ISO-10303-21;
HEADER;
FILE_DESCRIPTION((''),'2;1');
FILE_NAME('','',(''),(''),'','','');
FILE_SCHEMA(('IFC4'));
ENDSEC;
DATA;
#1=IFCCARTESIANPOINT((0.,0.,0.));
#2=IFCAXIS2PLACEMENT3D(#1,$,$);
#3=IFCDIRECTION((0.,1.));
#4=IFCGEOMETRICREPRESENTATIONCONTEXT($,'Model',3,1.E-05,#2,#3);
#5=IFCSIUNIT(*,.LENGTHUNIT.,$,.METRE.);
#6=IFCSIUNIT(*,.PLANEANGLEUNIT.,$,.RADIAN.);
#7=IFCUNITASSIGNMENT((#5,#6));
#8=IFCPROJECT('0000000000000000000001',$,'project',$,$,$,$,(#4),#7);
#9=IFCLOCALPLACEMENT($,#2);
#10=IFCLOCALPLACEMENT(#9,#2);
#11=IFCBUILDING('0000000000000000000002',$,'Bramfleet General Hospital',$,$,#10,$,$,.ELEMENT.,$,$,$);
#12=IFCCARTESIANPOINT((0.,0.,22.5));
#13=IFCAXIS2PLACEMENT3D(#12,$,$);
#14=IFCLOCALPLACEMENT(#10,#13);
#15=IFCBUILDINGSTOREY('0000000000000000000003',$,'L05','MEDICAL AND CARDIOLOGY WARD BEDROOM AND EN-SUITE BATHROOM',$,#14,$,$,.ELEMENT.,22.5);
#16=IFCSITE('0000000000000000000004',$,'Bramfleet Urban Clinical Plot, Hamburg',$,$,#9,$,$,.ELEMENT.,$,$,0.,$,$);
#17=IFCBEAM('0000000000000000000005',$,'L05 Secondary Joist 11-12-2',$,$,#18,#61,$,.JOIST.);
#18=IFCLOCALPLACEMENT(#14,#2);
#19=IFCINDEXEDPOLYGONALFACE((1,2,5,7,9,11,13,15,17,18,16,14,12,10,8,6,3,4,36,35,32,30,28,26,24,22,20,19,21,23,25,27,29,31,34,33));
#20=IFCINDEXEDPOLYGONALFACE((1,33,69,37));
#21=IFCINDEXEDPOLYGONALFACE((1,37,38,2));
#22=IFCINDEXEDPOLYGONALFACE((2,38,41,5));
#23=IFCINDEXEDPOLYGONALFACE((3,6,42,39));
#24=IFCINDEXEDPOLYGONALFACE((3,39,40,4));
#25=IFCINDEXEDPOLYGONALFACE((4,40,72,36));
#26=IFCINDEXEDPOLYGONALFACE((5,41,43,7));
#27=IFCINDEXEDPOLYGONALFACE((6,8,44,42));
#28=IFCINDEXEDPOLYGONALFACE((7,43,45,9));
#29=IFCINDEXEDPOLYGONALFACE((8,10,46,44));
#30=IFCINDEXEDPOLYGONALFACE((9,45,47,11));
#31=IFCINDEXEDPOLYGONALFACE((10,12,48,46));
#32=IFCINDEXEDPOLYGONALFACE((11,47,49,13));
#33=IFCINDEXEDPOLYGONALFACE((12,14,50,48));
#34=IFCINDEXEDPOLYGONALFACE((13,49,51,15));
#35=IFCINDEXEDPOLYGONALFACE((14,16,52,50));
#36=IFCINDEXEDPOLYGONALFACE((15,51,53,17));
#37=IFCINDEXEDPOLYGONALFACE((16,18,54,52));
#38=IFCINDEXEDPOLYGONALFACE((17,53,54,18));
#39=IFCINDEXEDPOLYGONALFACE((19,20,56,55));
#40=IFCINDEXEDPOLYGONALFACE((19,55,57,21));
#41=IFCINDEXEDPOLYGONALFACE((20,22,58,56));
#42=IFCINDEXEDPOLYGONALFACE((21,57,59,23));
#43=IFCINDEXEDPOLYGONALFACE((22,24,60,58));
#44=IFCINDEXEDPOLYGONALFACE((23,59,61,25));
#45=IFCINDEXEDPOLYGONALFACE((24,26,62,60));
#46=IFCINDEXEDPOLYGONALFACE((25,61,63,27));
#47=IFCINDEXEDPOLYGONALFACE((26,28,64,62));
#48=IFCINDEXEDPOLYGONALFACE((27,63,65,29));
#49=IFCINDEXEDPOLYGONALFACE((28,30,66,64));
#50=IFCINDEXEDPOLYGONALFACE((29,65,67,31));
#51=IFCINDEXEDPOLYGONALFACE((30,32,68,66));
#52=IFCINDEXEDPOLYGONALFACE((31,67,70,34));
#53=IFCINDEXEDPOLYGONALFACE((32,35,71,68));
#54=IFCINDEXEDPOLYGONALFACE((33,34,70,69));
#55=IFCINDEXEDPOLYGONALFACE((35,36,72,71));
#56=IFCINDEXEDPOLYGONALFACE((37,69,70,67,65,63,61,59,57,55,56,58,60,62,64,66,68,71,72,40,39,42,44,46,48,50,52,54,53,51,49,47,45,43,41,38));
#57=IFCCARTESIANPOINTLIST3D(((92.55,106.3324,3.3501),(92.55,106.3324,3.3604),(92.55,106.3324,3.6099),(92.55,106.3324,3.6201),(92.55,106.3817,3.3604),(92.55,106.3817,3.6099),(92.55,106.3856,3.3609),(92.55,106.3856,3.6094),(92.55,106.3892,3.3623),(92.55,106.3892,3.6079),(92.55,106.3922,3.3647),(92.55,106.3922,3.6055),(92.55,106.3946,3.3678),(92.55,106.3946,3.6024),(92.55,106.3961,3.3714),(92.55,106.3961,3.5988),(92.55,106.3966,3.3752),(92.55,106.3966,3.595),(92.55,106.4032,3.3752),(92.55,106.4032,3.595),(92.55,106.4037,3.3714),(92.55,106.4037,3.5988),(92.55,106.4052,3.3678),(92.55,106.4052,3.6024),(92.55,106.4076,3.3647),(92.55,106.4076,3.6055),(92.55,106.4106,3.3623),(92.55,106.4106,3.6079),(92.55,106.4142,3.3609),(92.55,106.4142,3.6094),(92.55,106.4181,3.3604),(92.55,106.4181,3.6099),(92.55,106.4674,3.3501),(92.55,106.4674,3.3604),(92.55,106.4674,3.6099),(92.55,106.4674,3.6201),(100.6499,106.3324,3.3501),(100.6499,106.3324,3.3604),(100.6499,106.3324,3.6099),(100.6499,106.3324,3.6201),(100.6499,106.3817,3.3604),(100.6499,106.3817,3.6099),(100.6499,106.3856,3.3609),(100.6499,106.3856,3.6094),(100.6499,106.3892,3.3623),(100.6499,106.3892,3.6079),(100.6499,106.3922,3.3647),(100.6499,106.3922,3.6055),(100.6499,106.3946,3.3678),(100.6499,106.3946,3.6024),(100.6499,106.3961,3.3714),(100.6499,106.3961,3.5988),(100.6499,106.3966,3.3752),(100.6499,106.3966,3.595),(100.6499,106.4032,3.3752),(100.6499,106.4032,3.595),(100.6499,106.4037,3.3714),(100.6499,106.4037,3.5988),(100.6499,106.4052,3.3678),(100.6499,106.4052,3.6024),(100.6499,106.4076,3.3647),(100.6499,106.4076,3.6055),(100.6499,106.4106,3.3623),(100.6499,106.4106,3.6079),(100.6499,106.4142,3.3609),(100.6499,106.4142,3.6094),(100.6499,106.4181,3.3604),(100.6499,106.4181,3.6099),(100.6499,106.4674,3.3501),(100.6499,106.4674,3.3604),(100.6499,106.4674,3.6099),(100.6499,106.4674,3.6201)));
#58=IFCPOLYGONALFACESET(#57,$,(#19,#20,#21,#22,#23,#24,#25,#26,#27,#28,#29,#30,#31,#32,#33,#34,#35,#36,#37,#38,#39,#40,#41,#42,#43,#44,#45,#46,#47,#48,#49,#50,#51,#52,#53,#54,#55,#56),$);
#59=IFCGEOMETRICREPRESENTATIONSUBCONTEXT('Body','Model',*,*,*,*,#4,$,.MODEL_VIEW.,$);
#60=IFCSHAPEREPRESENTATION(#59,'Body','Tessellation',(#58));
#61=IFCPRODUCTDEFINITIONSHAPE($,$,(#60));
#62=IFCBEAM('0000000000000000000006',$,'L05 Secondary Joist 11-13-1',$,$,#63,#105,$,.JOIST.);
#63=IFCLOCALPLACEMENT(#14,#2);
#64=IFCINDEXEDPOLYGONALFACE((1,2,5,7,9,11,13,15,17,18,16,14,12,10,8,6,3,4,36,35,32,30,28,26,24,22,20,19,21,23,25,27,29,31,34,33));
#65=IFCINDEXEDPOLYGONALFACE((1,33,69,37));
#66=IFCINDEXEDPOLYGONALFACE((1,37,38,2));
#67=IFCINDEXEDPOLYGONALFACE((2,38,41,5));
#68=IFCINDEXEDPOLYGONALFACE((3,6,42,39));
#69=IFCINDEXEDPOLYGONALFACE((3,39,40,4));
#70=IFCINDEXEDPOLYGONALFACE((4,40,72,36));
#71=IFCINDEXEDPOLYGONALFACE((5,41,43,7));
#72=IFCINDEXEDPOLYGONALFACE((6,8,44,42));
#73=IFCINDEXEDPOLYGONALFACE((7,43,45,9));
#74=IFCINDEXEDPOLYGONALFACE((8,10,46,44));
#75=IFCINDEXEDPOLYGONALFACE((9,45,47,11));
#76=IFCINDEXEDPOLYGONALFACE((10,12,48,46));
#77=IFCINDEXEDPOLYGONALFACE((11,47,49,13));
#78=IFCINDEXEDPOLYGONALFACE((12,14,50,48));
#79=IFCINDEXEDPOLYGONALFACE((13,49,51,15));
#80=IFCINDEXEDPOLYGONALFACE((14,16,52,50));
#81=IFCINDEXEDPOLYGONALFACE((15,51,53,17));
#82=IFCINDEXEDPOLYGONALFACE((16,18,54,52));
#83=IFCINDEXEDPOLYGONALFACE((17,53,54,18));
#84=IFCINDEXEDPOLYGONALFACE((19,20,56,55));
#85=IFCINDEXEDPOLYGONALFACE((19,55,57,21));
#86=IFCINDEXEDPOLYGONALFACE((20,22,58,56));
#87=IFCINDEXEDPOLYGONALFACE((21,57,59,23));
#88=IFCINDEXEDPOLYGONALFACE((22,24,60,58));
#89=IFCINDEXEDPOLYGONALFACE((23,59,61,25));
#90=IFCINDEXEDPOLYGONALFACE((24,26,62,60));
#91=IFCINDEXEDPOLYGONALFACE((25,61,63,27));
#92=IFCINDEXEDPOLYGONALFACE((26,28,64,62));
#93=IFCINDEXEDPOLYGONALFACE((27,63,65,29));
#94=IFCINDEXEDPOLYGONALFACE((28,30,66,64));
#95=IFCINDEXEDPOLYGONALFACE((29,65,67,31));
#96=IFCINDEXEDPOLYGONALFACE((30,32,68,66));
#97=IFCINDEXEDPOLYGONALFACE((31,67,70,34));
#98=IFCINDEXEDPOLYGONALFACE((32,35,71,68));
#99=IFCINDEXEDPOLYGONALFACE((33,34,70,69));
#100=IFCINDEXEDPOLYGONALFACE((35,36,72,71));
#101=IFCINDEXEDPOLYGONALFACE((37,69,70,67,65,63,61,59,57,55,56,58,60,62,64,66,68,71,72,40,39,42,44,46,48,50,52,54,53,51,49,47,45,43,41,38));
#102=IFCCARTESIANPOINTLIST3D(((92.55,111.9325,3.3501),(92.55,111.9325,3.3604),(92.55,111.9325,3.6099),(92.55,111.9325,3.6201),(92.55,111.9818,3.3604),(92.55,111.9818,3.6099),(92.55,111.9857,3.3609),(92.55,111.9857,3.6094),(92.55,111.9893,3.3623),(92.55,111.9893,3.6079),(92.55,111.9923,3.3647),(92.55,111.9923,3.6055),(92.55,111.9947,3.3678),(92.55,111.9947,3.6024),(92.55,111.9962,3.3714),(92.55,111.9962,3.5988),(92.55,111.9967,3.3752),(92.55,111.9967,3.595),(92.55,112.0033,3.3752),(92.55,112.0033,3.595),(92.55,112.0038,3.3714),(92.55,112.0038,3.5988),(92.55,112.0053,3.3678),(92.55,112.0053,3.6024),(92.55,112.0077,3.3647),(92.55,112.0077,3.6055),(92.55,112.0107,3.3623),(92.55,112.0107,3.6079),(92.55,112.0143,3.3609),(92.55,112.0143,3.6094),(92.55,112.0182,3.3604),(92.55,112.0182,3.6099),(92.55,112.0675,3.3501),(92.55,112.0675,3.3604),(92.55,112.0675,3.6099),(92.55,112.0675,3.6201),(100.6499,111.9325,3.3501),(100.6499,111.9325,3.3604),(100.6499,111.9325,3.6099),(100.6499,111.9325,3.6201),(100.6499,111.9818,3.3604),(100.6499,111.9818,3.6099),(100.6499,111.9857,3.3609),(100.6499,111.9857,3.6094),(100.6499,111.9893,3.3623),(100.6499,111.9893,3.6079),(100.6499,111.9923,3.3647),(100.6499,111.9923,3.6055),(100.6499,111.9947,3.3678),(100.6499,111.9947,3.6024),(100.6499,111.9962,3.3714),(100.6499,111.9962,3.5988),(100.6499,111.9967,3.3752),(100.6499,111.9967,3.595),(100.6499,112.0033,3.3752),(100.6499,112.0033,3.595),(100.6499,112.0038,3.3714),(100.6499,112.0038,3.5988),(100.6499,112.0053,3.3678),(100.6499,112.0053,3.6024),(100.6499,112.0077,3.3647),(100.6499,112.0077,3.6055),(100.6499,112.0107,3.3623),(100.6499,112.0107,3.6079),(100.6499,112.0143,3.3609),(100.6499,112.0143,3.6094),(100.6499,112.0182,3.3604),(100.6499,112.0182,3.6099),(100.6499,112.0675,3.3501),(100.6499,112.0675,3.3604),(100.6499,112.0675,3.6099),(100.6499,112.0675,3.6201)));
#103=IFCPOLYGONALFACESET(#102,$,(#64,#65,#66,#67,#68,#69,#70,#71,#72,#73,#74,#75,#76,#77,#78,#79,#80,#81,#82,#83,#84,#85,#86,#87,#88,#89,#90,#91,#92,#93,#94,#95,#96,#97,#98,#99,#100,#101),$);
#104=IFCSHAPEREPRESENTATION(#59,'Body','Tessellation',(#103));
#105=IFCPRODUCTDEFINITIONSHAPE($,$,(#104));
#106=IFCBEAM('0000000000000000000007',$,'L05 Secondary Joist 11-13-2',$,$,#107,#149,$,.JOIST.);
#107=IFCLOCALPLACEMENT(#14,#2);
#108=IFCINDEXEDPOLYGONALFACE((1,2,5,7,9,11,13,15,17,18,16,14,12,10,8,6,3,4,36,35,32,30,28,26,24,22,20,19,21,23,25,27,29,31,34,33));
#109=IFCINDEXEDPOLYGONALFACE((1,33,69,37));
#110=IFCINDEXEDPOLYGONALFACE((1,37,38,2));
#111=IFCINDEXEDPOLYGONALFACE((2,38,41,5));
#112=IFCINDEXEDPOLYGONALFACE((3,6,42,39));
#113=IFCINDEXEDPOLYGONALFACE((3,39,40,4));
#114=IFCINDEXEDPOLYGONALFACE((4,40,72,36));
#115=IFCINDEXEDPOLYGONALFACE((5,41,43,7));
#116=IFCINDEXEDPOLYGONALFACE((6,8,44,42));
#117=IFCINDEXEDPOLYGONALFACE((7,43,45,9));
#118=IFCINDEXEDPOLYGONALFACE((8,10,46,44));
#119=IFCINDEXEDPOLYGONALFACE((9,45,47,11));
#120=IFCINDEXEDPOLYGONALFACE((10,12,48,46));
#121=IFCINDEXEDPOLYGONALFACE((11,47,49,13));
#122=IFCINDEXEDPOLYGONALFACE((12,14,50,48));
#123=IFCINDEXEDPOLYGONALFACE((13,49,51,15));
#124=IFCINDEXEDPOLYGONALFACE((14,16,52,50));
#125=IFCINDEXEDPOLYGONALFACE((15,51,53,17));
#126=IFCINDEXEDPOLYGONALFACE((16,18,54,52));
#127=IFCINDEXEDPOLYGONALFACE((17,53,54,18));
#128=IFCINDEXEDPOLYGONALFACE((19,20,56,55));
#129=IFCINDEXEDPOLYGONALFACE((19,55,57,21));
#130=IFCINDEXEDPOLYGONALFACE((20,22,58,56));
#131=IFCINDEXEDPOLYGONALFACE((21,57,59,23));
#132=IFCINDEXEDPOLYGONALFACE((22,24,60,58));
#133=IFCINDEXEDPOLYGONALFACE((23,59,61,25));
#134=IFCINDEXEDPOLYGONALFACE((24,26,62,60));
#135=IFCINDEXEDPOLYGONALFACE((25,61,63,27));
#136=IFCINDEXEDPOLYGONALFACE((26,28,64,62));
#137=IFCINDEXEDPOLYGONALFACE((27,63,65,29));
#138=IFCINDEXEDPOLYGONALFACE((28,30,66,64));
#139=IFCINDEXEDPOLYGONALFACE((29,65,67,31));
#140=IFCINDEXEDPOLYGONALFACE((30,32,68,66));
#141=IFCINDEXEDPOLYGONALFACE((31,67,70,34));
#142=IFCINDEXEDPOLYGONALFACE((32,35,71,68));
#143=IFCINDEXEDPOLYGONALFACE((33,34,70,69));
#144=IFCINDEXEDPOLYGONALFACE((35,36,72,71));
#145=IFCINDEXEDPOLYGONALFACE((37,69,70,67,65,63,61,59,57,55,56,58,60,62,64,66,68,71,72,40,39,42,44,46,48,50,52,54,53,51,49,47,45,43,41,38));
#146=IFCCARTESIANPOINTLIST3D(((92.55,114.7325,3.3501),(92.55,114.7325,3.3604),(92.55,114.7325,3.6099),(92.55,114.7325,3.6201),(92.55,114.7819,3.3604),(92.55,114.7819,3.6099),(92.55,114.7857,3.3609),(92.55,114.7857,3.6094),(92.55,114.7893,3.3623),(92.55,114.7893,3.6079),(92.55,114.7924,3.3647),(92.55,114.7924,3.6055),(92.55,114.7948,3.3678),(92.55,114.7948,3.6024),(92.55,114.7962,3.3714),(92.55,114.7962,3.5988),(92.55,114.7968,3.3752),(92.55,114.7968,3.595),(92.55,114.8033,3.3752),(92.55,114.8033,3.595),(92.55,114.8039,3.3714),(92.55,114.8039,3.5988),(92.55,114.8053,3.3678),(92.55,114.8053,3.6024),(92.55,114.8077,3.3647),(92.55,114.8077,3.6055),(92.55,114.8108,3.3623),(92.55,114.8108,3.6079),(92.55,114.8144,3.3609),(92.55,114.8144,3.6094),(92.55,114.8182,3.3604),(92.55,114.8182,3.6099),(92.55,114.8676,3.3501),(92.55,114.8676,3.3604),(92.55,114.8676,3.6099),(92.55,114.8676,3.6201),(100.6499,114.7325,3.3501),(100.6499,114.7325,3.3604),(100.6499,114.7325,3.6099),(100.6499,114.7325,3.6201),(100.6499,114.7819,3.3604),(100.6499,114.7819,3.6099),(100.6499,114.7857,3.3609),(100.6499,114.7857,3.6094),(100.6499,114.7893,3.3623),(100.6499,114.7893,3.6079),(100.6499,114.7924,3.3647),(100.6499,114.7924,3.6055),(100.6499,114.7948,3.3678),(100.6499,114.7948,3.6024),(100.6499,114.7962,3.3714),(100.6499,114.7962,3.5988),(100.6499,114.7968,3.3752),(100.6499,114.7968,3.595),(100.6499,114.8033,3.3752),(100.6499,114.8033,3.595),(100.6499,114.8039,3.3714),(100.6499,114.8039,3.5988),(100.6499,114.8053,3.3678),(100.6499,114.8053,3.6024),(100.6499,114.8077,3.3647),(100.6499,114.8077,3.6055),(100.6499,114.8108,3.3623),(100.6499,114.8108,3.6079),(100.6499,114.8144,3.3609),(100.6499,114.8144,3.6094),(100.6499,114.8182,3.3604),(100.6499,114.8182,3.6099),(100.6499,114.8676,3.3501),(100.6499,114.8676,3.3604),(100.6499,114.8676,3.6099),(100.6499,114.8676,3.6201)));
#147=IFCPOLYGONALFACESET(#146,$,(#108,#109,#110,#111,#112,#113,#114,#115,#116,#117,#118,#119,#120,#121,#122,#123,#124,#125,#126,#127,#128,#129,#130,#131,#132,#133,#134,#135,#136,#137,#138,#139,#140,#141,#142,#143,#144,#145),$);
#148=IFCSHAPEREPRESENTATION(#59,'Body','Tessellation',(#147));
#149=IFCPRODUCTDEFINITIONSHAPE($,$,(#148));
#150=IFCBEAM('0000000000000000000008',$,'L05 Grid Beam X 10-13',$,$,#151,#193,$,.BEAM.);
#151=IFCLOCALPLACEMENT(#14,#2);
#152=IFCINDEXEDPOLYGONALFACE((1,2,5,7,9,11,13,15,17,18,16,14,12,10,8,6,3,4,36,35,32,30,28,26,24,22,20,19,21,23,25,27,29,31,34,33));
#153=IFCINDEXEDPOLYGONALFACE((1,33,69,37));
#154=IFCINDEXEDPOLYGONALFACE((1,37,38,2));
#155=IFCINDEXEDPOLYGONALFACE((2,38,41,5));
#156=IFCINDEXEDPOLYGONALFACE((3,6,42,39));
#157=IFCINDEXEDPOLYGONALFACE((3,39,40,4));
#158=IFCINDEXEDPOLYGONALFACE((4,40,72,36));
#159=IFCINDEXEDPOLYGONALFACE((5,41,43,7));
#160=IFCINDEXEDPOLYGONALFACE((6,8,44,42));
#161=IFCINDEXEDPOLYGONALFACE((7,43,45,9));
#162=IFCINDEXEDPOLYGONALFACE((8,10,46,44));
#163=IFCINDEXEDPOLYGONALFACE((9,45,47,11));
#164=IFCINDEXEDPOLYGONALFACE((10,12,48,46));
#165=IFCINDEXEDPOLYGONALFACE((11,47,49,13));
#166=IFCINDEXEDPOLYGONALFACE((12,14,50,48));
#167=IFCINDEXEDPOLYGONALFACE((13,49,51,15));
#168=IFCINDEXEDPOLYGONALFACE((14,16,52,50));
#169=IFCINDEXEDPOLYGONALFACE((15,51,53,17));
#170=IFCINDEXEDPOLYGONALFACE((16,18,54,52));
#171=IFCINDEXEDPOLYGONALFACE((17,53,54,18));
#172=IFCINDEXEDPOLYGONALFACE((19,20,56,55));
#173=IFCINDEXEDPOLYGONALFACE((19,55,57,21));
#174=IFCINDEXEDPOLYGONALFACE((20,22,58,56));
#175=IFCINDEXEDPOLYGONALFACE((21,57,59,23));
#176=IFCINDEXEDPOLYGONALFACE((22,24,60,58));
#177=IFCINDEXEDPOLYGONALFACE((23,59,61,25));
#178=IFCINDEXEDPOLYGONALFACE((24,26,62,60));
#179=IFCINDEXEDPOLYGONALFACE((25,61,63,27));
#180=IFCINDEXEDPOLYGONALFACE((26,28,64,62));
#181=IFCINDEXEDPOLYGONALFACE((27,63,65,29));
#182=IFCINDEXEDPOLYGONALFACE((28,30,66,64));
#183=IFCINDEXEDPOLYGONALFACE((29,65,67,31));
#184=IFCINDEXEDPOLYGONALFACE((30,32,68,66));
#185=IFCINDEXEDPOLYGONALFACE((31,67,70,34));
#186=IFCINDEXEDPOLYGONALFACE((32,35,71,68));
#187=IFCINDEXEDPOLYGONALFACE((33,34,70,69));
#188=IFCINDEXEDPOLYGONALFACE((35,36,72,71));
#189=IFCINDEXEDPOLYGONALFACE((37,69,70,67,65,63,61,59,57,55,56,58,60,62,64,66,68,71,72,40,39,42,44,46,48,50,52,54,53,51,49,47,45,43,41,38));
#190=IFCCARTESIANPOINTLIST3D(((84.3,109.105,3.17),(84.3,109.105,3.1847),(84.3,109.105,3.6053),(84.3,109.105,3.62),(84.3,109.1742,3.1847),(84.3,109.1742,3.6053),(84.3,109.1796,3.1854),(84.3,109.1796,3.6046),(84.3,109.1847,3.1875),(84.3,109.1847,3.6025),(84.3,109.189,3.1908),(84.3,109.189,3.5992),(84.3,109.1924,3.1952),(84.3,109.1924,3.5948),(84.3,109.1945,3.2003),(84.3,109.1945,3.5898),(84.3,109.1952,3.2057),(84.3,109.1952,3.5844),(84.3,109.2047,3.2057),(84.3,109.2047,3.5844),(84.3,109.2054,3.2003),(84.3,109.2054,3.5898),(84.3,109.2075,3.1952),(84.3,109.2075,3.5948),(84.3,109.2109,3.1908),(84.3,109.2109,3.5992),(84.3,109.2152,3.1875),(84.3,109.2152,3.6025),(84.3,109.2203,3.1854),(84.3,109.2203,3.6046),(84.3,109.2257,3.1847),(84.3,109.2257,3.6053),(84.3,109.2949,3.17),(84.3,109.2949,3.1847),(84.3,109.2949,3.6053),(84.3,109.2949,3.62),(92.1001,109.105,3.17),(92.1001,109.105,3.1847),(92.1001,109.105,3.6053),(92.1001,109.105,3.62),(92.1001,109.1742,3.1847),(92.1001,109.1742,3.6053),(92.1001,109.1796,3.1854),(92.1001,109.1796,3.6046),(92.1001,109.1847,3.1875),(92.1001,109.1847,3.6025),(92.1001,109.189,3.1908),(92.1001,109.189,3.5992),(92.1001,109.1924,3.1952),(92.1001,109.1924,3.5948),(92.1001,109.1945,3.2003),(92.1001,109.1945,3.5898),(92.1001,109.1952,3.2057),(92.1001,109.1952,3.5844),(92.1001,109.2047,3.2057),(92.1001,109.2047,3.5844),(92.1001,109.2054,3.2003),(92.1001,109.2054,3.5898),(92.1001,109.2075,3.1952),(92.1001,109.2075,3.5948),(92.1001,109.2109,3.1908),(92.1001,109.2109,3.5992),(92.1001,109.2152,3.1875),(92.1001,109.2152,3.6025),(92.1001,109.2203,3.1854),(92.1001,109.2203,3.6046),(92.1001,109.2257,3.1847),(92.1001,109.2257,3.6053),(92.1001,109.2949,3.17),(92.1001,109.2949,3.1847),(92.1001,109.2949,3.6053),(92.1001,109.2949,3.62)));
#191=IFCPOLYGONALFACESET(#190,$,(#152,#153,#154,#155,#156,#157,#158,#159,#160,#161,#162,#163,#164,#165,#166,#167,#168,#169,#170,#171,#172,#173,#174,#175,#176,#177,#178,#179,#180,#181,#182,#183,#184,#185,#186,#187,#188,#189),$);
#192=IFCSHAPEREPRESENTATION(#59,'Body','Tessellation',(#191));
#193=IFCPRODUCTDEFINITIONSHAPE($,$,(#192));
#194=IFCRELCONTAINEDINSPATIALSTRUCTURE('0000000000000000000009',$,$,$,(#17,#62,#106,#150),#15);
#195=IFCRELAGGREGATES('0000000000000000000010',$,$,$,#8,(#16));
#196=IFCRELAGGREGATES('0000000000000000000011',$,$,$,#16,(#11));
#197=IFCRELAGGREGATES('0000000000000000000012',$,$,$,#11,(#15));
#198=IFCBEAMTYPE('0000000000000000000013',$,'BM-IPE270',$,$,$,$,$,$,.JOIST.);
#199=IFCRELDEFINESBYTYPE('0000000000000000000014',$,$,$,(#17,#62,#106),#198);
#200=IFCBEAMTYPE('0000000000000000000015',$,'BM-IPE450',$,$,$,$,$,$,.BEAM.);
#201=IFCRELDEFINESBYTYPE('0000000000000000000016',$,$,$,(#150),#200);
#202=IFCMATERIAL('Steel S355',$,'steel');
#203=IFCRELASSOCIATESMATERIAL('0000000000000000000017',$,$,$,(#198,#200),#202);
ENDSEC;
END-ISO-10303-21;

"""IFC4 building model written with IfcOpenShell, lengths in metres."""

from ifc_helpers import new_model, si_unit, direction, frame, origin, origin_2d, place, context, subcontext, project, spatial, i_section, extrude, material, material_profile, profile_set, type_object, element, save


model = new_model("IFC4")

# Units and contexts
model_context = context("Model", 3, precision=1e-05, world=origin(), true_north=direction((0.0, 1.0)))
body_context = subcontext(model_context, "Body", "Model", "MODEL_VIEW")
ifc_project = project(units=[si_unit("LENGTHUNIT", "METRE"), si_unit("PLANEANGLEUNIT", "RADIAN")], contexts=[model_context])

# Site, building, storey
site_placement = place(None, origin())
site = spatial("IfcSite", under=ifc_project, at=site_placement, Name="Bramfleet Urban Clinical Plot, Hamburg", CompositionType="ELEMENT", RefElevation=0.0)
building_placement = place(site_placement, origin())
building = spatial("IfcBuilding", under=site, at=building_placement, Name="Bramfleet General Hospital", CompositionType="ELEMENT")
storey_placement = place(building_placement, frame((0.0, 0.0, 22.5)))
storey = spatial("IfcBuildingStorey", under=building, at=storey_placement, Name="L05", Description="MEDICAL AND CARDIOLOGY WARD BEDROOM AND EN-SUITE BATHROOM", CompositionType="ELEMENT", Elevation=22.5)

# Beams
ifc_material_1 = material(Name="Steel S355", Category="steel")
ifc_material_profile_1 = material_profile(ifc_material_1, i_section(OverallWidth=0.135, OverallDepth=0.27, WebThickness=0.0066, FlangeThickness=0.0103, FilletRadius=0.0149, at=origin_2d()), Name="IPE 270")
ifc_profile_set_1 = profile_set([ifc_material_profile_1], Name="Steel S355")
beam_type_1 = type_object("IfcBeamType", Name="BM-IPE270", PredefinedType="JOIST", material=ifc_profile_set_1)
for number, where, z_axis, x_axis, name in (
    (1, (92.55, 106.3999, 3.4851), (1.0, 0.0, 0.0), (0.0, 1.0, 0.0), "L05 Secondary Joist 11-12-2"),
    (2, (92.55, 112.0, 3.4851), (1.0, 0.0, 0.0), (0.0, 1.0, 0.0), "L05 Secondary Joist 11-13-1"),
    (3, (92.55, 114.8, 3.4851), (1.0, 0.0, 0.0), (0.0, 1.0, 0.0), "L05 Secondary Joist 11-13-2"),
):
    element("IfcBeam", number, at=place(storey_placement, frame(where, z_axis=z_axis, x_axis=x_axis)), inside=storey, type_object=beam_type_1, Name=name, PredefinedType="JOIST", context=body_context, shape_type="SweptSolid", body=[
        extrude(i_section(OverallWidth=0.135, OverallDepth=0.27, WebThickness=0.0066, FlangeThickness=0.0103, FilletRadius=0.0149, at=origin_2d()), origin(), (0.0, 0.0, 1.0), 8.0999),
    ])
ifc_material_profile_2 = material_profile(ifc_material_1, i_section(OverallWidth=0.1899, OverallDepth=0.45, WebThickness=0.0095, FlangeThickness=0.0146, FilletRadius=0.021, at=origin_2d()), Name="IPE 450")
ifc_profile_set_2 = profile_set([ifc_material_profile_2], Name="Steel S355")
beam_type_2 = type_object("IfcBeamType", Name="BM-IPE450", PredefinedType="BEAM", material=ifc_profile_set_2)
beam_1_placement = place(storey_placement, frame((84.3, 109.2, 3.395), z_axis=(1.0, 0.0, 0.0), x_axis=(0.0, 1.0, 0.0)))
element("IfcBeam", 4, at=beam_1_placement, inside=storey, type_object=beam_type_2, Name="L05 Grid Beam X 10-13", PredefinedType="BEAM", context=body_context, shape_type="SweptSolid", body=[
    extrude(i_section(OverallWidth=0.1899, OverallDepth=0.45, WebThickness=0.0095, FlangeThickness=0.0146, FilletRadius=0.021, at=origin_2d()), origin(), (0.0, 0.0, 1.0), 7.8),
])

save(model, "model.ifc")
